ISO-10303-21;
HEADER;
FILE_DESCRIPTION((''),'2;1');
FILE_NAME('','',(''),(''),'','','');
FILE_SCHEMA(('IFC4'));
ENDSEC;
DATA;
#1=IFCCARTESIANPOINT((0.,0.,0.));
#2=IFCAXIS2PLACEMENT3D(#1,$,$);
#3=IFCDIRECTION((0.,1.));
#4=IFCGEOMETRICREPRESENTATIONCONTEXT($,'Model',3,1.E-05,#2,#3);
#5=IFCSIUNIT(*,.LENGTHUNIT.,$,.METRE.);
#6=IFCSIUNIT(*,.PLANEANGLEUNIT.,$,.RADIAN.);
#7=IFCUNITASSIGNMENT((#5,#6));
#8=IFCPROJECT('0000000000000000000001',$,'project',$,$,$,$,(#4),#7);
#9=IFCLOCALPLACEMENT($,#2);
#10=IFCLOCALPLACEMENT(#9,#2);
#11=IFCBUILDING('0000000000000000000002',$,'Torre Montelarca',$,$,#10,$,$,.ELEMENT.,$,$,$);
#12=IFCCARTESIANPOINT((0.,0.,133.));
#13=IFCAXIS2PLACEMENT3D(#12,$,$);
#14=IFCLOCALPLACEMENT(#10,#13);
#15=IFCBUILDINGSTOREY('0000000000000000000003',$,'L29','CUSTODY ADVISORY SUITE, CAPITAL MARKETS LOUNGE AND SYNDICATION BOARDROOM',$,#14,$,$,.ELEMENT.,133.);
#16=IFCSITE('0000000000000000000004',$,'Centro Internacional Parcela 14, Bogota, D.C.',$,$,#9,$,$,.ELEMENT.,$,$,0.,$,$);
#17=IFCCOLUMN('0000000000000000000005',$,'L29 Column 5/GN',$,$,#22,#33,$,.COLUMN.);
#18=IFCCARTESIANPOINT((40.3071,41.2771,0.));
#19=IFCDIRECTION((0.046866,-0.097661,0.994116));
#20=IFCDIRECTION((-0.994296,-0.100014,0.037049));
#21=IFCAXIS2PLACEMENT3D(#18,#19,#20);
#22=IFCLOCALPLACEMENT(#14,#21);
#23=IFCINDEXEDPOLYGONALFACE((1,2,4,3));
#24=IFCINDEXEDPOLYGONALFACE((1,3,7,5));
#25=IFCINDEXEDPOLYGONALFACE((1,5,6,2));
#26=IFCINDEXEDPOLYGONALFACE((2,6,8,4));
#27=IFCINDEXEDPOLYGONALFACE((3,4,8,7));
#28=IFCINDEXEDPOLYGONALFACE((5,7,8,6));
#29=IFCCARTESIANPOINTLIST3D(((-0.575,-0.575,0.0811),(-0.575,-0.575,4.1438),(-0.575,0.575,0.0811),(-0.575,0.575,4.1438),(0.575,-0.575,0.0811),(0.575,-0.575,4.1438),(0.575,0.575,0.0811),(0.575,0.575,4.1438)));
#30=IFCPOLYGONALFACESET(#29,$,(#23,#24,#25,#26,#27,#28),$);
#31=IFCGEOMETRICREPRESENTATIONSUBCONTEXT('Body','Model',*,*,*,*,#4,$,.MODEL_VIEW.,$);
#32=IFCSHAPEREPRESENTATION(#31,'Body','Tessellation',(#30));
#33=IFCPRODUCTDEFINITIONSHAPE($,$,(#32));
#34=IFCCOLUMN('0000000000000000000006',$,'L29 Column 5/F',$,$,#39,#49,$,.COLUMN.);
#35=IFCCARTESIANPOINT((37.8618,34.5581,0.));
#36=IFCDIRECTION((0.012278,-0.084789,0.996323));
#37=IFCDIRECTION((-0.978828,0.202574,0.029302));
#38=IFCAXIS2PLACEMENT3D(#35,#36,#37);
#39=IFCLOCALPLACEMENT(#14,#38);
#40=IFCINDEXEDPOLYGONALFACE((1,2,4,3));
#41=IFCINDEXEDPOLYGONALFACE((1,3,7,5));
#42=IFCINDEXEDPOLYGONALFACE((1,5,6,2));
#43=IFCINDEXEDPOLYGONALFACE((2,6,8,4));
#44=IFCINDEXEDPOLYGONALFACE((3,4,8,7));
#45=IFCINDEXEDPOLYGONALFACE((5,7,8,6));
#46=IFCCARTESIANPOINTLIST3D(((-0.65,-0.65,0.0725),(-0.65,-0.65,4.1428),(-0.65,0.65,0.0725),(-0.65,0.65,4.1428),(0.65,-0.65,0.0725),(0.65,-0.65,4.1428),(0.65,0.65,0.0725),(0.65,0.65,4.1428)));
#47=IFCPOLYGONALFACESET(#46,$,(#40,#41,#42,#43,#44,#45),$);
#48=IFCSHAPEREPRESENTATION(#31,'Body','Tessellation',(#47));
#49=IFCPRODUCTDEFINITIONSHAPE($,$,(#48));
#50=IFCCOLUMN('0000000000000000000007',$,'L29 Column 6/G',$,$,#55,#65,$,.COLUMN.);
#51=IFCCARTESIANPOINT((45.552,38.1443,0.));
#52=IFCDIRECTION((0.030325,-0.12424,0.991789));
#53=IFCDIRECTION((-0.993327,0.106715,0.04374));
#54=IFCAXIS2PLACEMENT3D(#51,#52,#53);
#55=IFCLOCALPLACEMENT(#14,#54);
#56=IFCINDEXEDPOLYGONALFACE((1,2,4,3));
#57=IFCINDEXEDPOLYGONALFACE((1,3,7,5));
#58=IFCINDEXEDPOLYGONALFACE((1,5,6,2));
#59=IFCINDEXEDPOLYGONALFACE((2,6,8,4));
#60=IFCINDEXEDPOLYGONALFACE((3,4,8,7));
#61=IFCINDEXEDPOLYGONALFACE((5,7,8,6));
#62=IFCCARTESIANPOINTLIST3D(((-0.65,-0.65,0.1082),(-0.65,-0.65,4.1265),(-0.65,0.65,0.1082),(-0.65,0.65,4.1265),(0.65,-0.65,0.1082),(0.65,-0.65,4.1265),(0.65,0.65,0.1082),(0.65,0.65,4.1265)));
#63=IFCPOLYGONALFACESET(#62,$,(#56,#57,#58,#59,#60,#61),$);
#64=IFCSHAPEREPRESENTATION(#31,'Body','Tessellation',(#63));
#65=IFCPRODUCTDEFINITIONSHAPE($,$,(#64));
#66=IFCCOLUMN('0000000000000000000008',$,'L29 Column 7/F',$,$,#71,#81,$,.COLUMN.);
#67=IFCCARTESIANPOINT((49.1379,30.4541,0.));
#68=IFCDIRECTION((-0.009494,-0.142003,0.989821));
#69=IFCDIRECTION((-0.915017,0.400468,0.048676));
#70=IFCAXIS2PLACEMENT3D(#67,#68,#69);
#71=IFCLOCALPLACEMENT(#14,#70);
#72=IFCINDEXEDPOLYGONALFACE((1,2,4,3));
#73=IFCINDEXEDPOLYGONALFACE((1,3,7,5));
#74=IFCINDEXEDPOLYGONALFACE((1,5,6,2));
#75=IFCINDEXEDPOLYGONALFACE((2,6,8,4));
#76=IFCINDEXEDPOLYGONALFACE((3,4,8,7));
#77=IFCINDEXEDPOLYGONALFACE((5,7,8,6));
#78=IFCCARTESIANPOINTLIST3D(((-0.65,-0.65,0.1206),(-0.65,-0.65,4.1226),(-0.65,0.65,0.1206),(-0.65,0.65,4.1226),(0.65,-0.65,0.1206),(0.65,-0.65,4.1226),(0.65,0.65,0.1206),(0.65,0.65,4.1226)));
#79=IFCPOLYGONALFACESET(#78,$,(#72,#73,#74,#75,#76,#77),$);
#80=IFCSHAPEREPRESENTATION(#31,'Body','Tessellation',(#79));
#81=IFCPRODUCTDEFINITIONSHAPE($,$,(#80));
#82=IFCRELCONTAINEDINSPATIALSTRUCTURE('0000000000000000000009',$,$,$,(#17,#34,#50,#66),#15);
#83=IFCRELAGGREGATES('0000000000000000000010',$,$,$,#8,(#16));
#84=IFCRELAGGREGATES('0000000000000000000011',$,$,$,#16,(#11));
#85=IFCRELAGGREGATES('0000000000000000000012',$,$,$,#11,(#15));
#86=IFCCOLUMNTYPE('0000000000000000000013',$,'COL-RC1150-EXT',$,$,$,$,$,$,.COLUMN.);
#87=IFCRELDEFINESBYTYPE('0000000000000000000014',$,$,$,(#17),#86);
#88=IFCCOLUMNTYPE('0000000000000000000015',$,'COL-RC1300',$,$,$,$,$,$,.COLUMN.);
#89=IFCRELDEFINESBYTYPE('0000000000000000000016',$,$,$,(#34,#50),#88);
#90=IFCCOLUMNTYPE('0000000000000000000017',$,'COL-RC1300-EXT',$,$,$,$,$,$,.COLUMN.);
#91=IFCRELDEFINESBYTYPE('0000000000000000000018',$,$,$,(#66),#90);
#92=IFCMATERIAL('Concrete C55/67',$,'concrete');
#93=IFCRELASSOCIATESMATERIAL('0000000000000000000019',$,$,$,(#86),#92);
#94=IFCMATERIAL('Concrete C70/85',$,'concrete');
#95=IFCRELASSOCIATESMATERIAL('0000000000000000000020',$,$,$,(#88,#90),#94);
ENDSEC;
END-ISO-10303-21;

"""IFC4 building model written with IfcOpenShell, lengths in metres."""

from ifc_helpers import new_model, si_unit, direction, frame, origin, origin_2d, place, context, subcontext, project, spatial, rectangle, extrude, clip, halfspace, material, material_profile, profile_set, type_object, element, save


model = new_model("IFC4")

# Units and contexts
model_context = context("Model", 3, precision=1e-05, world=origin(), true_north=direction((0.0, 1.0)))
body_context = subcontext(model_context, "Body", "Model", "MODEL_VIEW")
ifc_project = project(units=[si_unit("LENGTHUNIT", "METRE"), si_unit("PLANEANGLEUNIT", "RADIAN")], contexts=[model_context])

# Site, building, storey
site_placement = place(None, origin())
site = spatial("IfcSite", under=ifc_project, at=site_placement, Name="Centro Internacional Parcela 14, Bogota, D.C.", CompositionType="ELEMENT", RefElevation=0.0)
building_placement = place(site_placement, origin())
building = spatial("IfcBuilding", under=site, at=building_placement, Name="Torre Montelarca", CompositionType="ELEMENT")
storey_placement = place(building_placement, frame((0.0, 0.0, 133.0)))
storey = spatial("IfcBuildingStorey", under=building, at=storey_placement, Name="L29", Description="CUSTODY ADVISORY SUITE, CAPITAL MARKETS LOUNGE AND SYNDICATION BOARDROOM", CompositionType="ELEMENT", Elevation=133.0)

# Columns
ifc_material_1 = material(Name="Concrete C55/67", Category="concrete")
ifc_material_profile_1 = material_profile(ifc_material_1, rectangle(XDim=1.1499, YDim=1.1499, at=origin_2d()), Name="RC1150X1150", Category="concrete")
ifc_profile_set_1 = profile_set([ifc_material_profile_1], Name="Concrete C55/67")
column_type_1 = type_object("IfcColumnType", Name="COL-RC1150-EXT", PredefinedType="COLUMN", material=ifc_profile_set_1)
column_1_placement = place(storey_placement, frame((40.3071, 41.2771, 0.0), z_axis=(0.046866, -0.097661, 0.994116), x_axis=(-0.994296, -0.100014, 0.037049)))
element("IfcColumn", 1, at=column_1_placement, inside=storey, type_object=column_type_1, Name="L29 Column 5/GN", PredefinedType="COLUMN", context=body_context, shape_type="Clipping", body=[
    clip(clip(extrude(rectangle(XDim=1.1499, YDim=1.1499, at=origin_2d()), origin(), (0.0, 0.0, 1.0), 4.2249), halfspace(frame((0.0, 0.0, 0.0811), z_axis=(0.0, 0.0, -1.0), x_axis=(1.0, 0.0, 0.0)), False)), halfspace(frame((0.0, 0.0, 4.1438), z_axis=(0.0, 0.0, 1.0), x_axis=(1.0, 0.0, 0.0)), False)),
])
ifc_material_2 = material(Name="Concrete C70/85", Category="concrete")
ifc_material_profile_2 = material_profile(ifc_material_2, rectangle(XDim=1.3, YDim=1.3, at=origin_2d()), Name="RC1300X1300", Category="concrete")
ifc_profile_set_2 = profile_set([ifc_material_profile_2], Name="Concrete C70/85")
column_type_2 = type_object("IfcColumnType", Name="COL-RC1300", PredefinedType="COLUMN", material=ifc_profile_set_2)
column_2_placement = place(storey_placement, frame((37.8618, 34.5581, 0.0), z_axis=(0.012278, -0.084789, 0.996323), x_axis=(-0.978828, 0.202574, 0.029302)))
element("IfcColumn", 2, at=column_2_placement, inside=storey, type_object=column_type_2, Name="L29 Column 5/F", PredefinedType="COLUMN", context=body_context, shape_type="Clipping", body=[
    clip(clip(extrude(rectangle(XDim=1.3, YDim=1.3, at=origin_2d()), origin(), (0.0, 0.0, 1.0), 4.2153), halfspace(frame((0.0, 0.0, 0.0725), z_axis=(0.0, 0.0, -1.0), x_axis=(1.0, 0.0, 0.0)), False)), halfspace(frame((0.0, 0.0, 4.1428), z_axis=(0.0, 0.0, 1.0), x_axis=(1.0, 0.0, 0.0)), False)),
])
column_3_placement = place(storey_placement, frame((45.552, 38.1443, 0.0), z_axis=(0.030325, -0.12424, 0.991789), x_axis=(-0.993327, 0.106715, 0.04374)))
element("IfcColumn", 3, at=column_3_placement, inside=storey, type_object=column_type_2, Name="L29 Column 6/G", PredefinedType="COLUMN", context=body_context, shape_type="Clipping", body=[
    clip(clip(extrude(rectangle(XDim=1.3, YDim=1.3, at=origin_2d()), origin(), (0.0, 0.0, 1.0), 4.2346), halfspace(frame((0.0, 0.0, 0.1082), z_axis=(0.0, 0.0, -1.0), x_axis=(1.0, 0.0, 0.0)), False)), halfspace(frame((0.0, 0.0, 4.1265), z_axis=(0.0, 0.0, 1.0), x_axis=(1.0, 0.0, 0.0)), False)),
])
ifc_material_profile_3 = material_profile(ifc_material_2, rectangle(XDim=1.3, YDim=1.3, at=origin_2d()), Name="RC1300X1300", Category="concrete")
ifc_profile_set_3 = profile_set([ifc_material_profile_3], Name="Concrete C70/85")
column_type_3 = type_object("IfcColumnType", Name="COL-RC1300-EXT", PredefinedType="COLUMN", material=ifc_profile_set_3)
column_4_placement = place(storey_placement, frame((49.1379, 30.4541, 0.0), z_axis=(-0.009494, -0.142003, 0.989821), x_axis=(-0.915017, 0.400468, 0.048676)))
element("IfcColumn", 4, at=column_4_placement, inside=storey, type_object=column_type_3, Name="L29 Column 7/F", PredefinedType="COLUMN", context=body_context, shape_type="Clipping", body=[
    clip(clip(extrude(rectangle(XDim=1.3, YDim=1.3, at=origin_2d()), origin(), (0.0, 0.0, 1.0), 4.2432), halfspace(frame((0.0, 0.0, 0.1206), z_axis=(0.0, 0.0, -1.0), x_axis=(1.0, 0.0, 0.0)), False)), halfspace(frame((0.0, 0.0, 4.1226), z_axis=(0.0, 0.0, 1.0), x_axis=(1.0, 0.0, 0.0)), False)),
])

save(model, "model.ifc")
